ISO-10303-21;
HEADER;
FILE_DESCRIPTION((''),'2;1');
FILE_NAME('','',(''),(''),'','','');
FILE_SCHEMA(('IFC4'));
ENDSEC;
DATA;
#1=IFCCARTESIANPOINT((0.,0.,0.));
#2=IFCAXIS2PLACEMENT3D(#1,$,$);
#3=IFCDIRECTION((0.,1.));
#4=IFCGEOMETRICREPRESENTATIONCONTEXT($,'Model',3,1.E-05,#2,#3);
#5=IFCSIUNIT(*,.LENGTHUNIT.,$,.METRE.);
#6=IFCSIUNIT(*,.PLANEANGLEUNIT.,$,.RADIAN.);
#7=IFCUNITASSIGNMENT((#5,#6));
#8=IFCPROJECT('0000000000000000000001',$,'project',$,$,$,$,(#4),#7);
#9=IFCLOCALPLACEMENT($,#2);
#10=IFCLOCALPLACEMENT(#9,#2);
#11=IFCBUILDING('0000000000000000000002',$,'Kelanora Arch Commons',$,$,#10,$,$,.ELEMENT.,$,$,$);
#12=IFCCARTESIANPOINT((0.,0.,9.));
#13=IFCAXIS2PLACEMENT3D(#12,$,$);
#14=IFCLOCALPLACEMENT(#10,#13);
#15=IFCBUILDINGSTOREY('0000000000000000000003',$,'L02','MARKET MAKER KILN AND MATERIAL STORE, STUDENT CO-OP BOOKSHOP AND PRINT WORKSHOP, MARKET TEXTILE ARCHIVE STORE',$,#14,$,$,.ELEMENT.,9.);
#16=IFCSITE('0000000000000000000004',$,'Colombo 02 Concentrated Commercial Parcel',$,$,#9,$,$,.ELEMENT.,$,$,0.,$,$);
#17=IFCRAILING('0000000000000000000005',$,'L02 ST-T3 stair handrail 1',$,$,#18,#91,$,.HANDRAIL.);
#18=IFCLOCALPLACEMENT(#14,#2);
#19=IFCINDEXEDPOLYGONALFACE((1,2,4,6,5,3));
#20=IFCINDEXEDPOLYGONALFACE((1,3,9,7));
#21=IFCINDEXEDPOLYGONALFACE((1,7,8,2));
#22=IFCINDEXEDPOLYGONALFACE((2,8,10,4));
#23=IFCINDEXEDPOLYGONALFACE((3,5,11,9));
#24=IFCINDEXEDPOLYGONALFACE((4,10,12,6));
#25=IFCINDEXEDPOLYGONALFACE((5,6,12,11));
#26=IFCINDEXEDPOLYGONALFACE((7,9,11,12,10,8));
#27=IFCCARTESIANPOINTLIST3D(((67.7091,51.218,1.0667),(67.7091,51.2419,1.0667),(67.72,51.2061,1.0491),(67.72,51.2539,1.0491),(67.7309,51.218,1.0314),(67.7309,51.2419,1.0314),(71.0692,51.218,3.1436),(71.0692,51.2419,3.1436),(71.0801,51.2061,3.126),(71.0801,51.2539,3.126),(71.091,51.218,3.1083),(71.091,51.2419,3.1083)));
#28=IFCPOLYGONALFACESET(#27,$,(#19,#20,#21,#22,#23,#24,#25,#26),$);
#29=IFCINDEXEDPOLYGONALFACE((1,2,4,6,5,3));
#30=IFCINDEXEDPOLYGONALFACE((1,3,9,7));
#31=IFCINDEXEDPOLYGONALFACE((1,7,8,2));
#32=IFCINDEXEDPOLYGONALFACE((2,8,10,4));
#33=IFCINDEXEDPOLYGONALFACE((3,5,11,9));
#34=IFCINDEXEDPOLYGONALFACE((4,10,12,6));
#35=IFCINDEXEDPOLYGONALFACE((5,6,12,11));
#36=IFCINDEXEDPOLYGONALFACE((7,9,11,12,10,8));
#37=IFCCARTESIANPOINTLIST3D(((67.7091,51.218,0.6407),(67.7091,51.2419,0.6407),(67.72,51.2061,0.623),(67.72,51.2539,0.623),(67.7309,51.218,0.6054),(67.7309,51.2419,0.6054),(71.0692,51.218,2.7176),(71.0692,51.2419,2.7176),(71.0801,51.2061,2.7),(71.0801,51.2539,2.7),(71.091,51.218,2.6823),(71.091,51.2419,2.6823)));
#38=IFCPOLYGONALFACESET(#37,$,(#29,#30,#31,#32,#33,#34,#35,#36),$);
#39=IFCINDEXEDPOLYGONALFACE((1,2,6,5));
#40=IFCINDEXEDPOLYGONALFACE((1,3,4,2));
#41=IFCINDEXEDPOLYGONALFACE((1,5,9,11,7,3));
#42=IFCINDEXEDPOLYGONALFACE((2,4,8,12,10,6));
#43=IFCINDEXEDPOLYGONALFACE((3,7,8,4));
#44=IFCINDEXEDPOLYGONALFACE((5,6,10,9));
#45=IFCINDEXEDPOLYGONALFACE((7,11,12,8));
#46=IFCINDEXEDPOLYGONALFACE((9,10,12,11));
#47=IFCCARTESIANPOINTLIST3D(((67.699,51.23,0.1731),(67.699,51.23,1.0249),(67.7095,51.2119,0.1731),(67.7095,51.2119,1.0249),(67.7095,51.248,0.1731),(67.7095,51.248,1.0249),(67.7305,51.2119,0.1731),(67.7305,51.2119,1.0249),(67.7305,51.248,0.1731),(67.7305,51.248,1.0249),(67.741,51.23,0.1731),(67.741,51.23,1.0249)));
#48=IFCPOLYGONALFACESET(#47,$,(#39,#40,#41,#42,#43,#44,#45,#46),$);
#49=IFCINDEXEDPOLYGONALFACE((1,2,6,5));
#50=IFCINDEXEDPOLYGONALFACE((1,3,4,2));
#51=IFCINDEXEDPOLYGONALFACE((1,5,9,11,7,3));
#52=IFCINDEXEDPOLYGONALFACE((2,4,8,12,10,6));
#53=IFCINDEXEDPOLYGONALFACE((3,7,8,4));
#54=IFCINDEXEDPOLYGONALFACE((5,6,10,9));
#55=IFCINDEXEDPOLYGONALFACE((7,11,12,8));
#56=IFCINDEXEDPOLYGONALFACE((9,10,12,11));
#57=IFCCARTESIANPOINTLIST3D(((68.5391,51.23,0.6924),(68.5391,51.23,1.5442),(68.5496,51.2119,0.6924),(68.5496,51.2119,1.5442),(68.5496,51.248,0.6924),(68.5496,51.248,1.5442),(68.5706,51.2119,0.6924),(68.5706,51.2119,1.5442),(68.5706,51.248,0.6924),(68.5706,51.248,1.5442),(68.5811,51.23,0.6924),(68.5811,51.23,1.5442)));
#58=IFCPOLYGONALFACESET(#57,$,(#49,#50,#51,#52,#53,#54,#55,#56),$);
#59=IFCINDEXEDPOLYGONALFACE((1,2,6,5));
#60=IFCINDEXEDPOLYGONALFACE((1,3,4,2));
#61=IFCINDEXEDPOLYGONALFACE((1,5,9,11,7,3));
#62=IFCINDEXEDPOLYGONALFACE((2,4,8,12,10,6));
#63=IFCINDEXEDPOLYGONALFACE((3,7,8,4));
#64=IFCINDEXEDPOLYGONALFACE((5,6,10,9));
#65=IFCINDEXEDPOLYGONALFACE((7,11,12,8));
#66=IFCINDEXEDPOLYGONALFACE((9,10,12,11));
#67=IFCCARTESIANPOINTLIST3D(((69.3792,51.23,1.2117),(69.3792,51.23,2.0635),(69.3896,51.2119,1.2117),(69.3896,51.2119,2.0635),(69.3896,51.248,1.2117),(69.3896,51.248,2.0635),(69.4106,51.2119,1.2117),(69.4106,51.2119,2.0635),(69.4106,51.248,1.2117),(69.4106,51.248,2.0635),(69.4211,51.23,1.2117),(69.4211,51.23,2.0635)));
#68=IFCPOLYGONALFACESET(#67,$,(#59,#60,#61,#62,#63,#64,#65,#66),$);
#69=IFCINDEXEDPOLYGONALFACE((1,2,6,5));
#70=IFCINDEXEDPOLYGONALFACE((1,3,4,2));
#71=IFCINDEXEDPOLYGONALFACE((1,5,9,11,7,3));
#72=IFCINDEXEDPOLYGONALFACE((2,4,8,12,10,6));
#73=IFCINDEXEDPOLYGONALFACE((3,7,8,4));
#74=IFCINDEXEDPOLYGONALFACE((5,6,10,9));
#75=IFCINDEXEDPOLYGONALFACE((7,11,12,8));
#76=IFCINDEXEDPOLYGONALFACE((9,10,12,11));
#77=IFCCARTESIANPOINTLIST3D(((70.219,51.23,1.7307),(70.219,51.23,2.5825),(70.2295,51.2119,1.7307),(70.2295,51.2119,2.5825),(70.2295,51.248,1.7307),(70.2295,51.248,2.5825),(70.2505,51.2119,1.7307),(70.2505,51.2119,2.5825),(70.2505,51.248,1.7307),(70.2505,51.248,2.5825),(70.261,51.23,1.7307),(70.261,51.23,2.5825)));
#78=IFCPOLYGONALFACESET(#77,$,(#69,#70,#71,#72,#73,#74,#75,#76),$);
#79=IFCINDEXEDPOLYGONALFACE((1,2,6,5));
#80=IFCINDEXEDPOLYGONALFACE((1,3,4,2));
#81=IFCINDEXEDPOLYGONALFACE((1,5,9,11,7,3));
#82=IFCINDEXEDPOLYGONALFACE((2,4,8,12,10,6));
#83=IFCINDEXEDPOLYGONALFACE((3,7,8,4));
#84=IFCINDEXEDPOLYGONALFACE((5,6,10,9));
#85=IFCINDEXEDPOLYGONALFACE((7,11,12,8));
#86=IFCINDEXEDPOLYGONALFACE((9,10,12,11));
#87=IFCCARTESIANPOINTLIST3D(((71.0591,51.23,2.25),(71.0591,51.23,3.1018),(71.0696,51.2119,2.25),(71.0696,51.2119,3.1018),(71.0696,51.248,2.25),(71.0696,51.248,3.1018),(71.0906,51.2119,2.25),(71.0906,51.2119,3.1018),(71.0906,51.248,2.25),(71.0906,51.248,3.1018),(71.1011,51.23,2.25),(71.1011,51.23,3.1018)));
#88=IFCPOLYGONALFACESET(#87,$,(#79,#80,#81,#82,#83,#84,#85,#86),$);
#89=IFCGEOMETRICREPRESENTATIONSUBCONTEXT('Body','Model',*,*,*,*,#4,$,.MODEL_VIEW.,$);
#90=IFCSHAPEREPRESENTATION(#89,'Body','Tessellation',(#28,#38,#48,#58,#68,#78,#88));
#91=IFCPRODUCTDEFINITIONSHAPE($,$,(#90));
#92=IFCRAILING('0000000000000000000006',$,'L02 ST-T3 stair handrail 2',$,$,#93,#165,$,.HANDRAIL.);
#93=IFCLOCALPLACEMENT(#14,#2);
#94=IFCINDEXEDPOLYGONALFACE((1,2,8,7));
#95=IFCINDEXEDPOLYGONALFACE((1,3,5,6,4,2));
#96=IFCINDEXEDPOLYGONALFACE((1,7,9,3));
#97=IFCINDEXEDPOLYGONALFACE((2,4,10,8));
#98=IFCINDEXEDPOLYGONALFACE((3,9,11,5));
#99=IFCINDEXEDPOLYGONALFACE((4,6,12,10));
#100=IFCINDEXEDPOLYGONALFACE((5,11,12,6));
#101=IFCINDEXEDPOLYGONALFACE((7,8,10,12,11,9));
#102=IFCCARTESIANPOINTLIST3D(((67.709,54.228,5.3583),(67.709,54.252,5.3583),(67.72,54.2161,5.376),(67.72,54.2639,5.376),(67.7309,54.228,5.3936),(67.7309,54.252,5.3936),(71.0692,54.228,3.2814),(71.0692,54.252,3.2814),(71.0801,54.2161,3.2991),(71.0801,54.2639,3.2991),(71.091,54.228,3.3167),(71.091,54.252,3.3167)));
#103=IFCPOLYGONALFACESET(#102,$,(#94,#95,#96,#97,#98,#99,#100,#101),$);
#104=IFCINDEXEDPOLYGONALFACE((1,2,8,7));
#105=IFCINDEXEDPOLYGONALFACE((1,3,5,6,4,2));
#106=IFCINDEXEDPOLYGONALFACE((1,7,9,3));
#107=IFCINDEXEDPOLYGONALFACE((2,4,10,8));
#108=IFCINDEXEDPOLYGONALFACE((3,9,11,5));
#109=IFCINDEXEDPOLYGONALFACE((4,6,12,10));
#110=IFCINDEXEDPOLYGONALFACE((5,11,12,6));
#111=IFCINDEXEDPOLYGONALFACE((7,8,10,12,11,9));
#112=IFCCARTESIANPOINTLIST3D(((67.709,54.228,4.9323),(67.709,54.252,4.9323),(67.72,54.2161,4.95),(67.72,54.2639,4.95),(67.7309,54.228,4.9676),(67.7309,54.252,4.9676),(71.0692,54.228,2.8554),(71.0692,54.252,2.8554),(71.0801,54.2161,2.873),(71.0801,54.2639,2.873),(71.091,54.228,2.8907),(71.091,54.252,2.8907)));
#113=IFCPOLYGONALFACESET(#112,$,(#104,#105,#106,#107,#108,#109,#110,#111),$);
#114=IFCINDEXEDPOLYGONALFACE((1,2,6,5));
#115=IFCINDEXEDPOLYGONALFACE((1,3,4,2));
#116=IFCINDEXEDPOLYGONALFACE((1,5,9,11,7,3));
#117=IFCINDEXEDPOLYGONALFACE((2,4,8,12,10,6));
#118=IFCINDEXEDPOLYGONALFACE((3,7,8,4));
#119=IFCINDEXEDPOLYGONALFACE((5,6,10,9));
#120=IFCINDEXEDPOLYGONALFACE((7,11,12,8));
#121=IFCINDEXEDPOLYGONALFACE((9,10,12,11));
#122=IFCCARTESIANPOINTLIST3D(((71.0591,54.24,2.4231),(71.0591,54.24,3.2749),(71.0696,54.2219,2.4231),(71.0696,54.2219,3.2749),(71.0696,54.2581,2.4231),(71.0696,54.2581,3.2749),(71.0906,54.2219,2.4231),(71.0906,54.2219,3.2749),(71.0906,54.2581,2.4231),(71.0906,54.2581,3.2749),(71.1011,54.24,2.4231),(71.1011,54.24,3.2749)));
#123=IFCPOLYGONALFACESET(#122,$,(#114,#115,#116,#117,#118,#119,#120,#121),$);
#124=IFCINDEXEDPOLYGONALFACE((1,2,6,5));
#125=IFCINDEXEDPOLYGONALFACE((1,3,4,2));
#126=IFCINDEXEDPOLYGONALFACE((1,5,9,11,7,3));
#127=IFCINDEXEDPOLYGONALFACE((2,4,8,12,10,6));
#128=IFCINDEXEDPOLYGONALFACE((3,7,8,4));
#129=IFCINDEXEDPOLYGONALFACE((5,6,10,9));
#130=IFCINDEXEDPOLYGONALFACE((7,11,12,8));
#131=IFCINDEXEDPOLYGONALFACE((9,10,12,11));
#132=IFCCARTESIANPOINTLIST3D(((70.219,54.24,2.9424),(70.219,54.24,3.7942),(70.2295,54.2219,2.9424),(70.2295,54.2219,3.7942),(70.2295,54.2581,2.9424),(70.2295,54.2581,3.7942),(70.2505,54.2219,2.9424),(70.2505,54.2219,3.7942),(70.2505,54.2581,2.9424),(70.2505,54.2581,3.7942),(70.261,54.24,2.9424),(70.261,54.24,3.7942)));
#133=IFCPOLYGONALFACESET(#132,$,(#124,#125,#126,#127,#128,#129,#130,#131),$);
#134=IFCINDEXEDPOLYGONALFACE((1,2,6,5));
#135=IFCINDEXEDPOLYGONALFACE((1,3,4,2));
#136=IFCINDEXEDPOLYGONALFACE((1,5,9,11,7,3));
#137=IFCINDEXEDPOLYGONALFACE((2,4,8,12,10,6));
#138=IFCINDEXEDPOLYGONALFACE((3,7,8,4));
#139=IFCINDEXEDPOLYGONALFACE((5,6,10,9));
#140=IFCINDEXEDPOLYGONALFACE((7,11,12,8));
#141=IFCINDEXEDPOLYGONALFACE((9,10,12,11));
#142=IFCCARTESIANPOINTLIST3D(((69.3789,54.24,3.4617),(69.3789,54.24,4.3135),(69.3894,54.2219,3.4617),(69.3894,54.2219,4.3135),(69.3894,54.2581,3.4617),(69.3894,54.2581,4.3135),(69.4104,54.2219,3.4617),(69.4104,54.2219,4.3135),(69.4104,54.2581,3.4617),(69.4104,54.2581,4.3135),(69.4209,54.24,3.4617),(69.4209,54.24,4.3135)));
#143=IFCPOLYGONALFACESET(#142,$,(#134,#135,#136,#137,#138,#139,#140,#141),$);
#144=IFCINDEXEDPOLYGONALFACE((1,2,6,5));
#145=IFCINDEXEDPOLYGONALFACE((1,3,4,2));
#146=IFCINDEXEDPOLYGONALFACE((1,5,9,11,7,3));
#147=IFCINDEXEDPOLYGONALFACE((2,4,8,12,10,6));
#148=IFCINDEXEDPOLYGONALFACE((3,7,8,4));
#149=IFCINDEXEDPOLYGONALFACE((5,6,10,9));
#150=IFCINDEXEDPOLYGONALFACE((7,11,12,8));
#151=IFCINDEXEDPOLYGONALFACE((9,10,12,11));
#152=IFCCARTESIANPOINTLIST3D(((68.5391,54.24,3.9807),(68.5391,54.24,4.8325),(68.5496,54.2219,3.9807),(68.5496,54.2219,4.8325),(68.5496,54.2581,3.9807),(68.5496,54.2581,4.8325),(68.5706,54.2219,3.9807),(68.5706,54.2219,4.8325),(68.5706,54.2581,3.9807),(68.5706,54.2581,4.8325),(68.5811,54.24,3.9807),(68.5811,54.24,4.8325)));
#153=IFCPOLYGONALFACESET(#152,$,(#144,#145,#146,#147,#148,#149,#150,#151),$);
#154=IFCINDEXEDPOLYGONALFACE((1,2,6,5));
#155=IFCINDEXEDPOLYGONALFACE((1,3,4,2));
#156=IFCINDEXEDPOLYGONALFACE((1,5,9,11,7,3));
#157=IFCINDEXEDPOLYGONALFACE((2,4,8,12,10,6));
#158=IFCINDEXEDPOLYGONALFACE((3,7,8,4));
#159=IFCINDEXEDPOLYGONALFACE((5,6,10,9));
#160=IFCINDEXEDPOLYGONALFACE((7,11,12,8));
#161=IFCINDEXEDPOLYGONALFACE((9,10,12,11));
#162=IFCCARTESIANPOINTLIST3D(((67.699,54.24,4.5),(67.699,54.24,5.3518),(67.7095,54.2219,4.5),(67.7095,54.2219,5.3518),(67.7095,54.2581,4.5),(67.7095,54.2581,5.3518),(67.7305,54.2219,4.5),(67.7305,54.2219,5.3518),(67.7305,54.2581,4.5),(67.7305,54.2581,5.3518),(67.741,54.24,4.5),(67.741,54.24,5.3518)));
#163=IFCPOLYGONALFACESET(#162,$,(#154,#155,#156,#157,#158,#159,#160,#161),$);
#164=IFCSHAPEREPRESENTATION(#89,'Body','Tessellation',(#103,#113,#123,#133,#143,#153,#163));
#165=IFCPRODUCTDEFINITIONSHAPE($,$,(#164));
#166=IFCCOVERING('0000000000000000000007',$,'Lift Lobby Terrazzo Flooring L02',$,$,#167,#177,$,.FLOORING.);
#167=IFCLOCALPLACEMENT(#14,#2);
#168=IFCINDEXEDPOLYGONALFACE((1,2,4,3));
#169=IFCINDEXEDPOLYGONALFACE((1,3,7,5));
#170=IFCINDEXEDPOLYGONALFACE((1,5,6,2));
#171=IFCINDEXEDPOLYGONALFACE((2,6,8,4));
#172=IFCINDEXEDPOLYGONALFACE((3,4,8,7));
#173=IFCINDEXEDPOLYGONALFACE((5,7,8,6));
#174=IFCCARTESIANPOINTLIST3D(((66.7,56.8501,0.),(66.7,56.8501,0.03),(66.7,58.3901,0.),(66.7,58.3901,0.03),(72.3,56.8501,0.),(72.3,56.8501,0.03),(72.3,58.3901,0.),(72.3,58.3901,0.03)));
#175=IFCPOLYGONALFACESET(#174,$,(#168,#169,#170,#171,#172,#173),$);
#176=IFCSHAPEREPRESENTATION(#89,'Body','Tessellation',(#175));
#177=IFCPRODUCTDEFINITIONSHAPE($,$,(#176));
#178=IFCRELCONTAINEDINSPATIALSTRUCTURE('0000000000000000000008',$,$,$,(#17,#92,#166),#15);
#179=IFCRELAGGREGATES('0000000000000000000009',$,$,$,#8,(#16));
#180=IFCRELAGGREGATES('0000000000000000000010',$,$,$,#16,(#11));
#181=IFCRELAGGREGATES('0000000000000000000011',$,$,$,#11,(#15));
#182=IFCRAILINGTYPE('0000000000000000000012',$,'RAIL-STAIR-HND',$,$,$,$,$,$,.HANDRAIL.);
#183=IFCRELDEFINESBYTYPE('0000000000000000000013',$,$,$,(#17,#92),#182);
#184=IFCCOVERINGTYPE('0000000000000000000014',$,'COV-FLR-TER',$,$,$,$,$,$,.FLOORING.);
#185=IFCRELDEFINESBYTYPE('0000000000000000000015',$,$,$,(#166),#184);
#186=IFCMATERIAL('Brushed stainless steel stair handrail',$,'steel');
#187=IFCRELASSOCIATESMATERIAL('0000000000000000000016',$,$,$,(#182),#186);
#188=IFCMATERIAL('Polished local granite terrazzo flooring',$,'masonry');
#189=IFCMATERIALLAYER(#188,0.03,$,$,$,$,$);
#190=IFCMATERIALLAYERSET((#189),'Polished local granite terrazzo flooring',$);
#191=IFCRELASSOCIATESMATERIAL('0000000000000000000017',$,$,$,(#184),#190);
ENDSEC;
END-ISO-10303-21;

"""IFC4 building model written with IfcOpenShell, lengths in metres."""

from ifc_helpers import new_model, si_unit, direction, frame, origin, origin_2d, place, context, subcontext, project, spatial, polyline, rectangle, outline, extrude, source, transform, mapped, material, layer, layer_set, type_object, element, save


model = new_model("IFC4")

# Units and contexts
model_context = context("Model", 3, precision=1e-05, world=origin(), true_north=direction((0.0, 1.0)))
body_context = subcontext(model_context, "Body", "Model", "MODEL_VIEW")
ifc_project = project(units=[si_unit("LENGTHUNIT", "METRE"), si_unit("PLANEANGLEUNIT", "RADIAN")], contexts=[model_context])

# Site, building, storey
site_placement = place(None, origin())
site = spatial("IfcSite", under=ifc_project, at=site_placement, Name="Colombo 02 Concentrated Commercial Parcel", CompositionType="ELEMENT", RefElevation=0.0)
building_placement = place(site_placement, origin())
building = spatial("IfcBuilding", under=site, at=building_placement, Name="Kelanora Arch Commons", CompositionType="ELEMENT")
storey_placement = place(building_placement, frame((0.0, 0.0, 9.0)))
storey = spatial("IfcBuildingStorey", under=building, at=storey_placement, Name="L02", Description="MARKET MAKER KILN AND MATERIAL STORE, STUDENT CO-OP BOOKSHOP AND PRINT WORKSHOP, MARKET TEXTILE ARCHIVE STORE", CompositionType="ELEMENT", Elevation=9.0)

# Railings
ifc_material_1 = material(Name="Brushed stainless steel stair handrail", Category="steel")
railing_type_1 = type_object("IfcRailingType", Name="RAIL-STAIR-HND", PredefinedType="HANDRAIL", material=ifc_material_1)
railing_1_placement = place(storey_placement, frame((67.72, 51.23, 0.1731)))
element("IfcRailing", 1, at=railing_1_placement, inside=storey, type_object=railing_type_1, Name="L02 ST-T3 stair handrail 1", PredefinedType="HANDRAIL", context=body_context, shape_type="SweptSolid", body=[
    extrude(outline(polyline([(0.0239, 0.0), (0.012, 0.0208), (-0.012, 0.0208), (-0.0239, 0.0), (-0.012, -0.0208), (0.012, -0.0208), (0.0239, 0.0)])), frame((0.0, 0.0, 0.876), z_axis=(0.850623, 0.0, 0.525776), x_axis=(0.0, 1.0, 0.0)), (0.0, 0.0, 1.0), 3.9502),
    extrude(outline(polyline([(0.0239, 0.0), (0.012, 0.0208), (-0.012, 0.0208), (-0.0239, 0.0), (-0.012, -0.0208), (0.012, -0.0208), (0.0239, 0.0)])), frame((0.0, 0.0, 0.45), z_axis=(0.850623, 0.0, 0.525776), x_axis=(0.0, 1.0, 0.0)), (0.0, 0.0, 1.0), 3.9502),
    extrude(outline(polyline([(0.021, 0.0), (0.0105, 0.0181), (-0.0105, 0.0181), (-0.021, 0.0), (-0.0105, -0.0181), (0.0105, -0.0181), (0.021, 0.0)])), origin(), (0.0, 0.0, 1.0), 0.8518),
    extrude(outline(polyline([(0.021, 0.0), (0.0105, 0.0181), (-0.0105, 0.0181), (-0.021, 0.0), (-0.0105, -0.0181), (0.0105, -0.0181), (0.021, 0.0)])), frame((0.8401, 0.0, 0.5193)), (0.0, 0.0, 1.0), 0.8518),
    extrude(outline(polyline([(0.021, 0.0), (0.0105, 0.0181), (-0.0105, 0.0181), (-0.021, 0.0), (-0.0105, -0.0181), (0.0105, -0.0181), (0.021, 0.0)])), frame((1.6802, 0.0, 1.0386)), (0.0, 0.0, 1.0), 0.8518),
    extrude(outline(polyline([(0.021, 0.0), (0.0105, 0.0181), (-0.0105, 0.0181), (-0.021, 0.0), (-0.0105, -0.0181), (0.0105, -0.0181), (0.021, 0.0)])), frame((2.52, 0.0, 1.5576)), (0.0, 0.0, 1.0), 0.8518),
    extrude(outline(polyline([(0.021, 0.0), (0.0105, 0.0181), (-0.0105, 0.0181), (-0.021, 0.0), (-0.0105, -0.0181), (0.0105, -0.0181), (0.021, 0.0)])), frame((3.3601, 0.0, 2.0769)), (0.0, 0.0, 1.0), 0.8518),
])
railing_2_placement = place(storey_placement, frame((71.0801, 54.24, 2.4231)))
element("IfcRailing", 2, at=railing_2_placement, inside=storey, type_object=railing_type_1, Name="L02 ST-T3 stair handrail 2", PredefinedType="HANDRAIL", context=body_context, shape_type="SweptSolid", body=[
    extrude(outline(polyline([(0.0239, 0.0), (0.012, 0.0208), (-0.012, 0.0208), (-0.0239, 0.0), (-0.012, -0.0208), (0.012, -0.0208), (0.0239, 0.0)])), frame((0.0, 0.0, 0.876), z_axis=(-0.850623, 0.0, 0.525776), x_axis=(0.0, -1.0, 0.0)), (0.0, 0.0, 1.0), 3.9502),
    extrude(outline(polyline([(0.0239, 0.0), (0.012, 0.0208), (-0.012, 0.0208), (-0.0239, 0.0), (-0.012, -0.0208), (0.012, -0.0208), (0.0239, 0.0)])), frame((0.0, 0.0, 0.45), z_axis=(-0.850623, 0.0, 0.525776), x_axis=(0.0, -1.0, 0.0)), (0.0, 0.0, 1.0), 3.9502),
    extrude(outline(polyline([(0.021, 0.0), (0.0105, 0.0181), (-0.0105, 0.0181), (-0.021, 0.0), (-0.0105, -0.0181), (0.0105, -0.0181), (0.021, 0.0)])), origin(), (0.0, 0.0, 1.0), 0.8518),
    extrude(outline(polyline([(0.021, 0.0), (0.0105, 0.0181), (-0.0105, 0.0181), (-0.021, 0.0), (-0.0105, -0.0181), (0.0105, -0.0181), (0.021, 0.0)])), frame((-0.8401, 0.0, 0.5193)), (0.0, 0.0, 1.0), 0.8518),
    extrude(outline(polyline([(0.021, 0.0), (0.0105, 0.0181), (-0.0105, 0.0181), (-0.021, 0.0), (-0.0105, -0.0181), (0.0105, -0.0181), (0.021, 0.0)])), frame((-1.6802, 0.0, 1.0386)), (0.0, 0.0, 1.0), 0.8518),
    extrude(outline(polyline([(0.021, 0.0), (0.0105, 0.0181), (-0.0105, 0.0181), (-0.021, 0.0), (-0.0105, -0.0181), (0.0105, -0.0181), (0.021, 0.0)])), frame((-2.52, 0.0, 1.5576)), (0.0, 0.0, 1.0), 0.8518),
    extrude(outline(polyline([(0.021, 0.0), (0.0105, 0.0181), (-0.0105, 0.0181), (-0.021, 0.0), (-0.0105, -0.0181), (0.0105, -0.0181), (0.021, 0.0)])), frame((-3.3601, 0.0, 2.0769)), (0.0, 0.0, 1.0), 0.8518),
])

# Covering
ifc_material_2 = material(Name="Polished local granite terrazzo flooring", Category="masonry")
ifc_layer_1 = layer(ifc_material_2, 0.03)
ifc_layer_set_1 = layer_set([ifc_layer_1], Name="Polished local granite terrazzo flooring")
covering_type = type_object("IfcCoveringType", Name="COV-FLR-TER", PredefinedType="FLOORING", material=ifc_layer_set_1)
shared_shape = source(origin(), body_context, "Body", "SweptSolid", [
    extrude(rectangle(XDim=5.6001, YDim=1.54, at=origin_2d()), origin(), (0.0, 0.0, 1.0), 0.03),
])
covering_placement = place(storey_placement, frame((69.5, 57.6201, 0.0), z_axis=(0.0, 0.0, 1.0), x_axis=(1.0, 0.0, 0.0)))
element("IfcCovering", 3, at=covering_placement, inside=storey, type_object=covering_type, Name="Lift Lobby Terrazzo Flooring L02", PredefinedType="FLOORING", context=body_context, shape_type="MappedRepresentation", body=[
    mapped(shared_shape, transform((0.0, 0.0, 0.0), scale=1.0)),
])

save(model, "model.ifc")
